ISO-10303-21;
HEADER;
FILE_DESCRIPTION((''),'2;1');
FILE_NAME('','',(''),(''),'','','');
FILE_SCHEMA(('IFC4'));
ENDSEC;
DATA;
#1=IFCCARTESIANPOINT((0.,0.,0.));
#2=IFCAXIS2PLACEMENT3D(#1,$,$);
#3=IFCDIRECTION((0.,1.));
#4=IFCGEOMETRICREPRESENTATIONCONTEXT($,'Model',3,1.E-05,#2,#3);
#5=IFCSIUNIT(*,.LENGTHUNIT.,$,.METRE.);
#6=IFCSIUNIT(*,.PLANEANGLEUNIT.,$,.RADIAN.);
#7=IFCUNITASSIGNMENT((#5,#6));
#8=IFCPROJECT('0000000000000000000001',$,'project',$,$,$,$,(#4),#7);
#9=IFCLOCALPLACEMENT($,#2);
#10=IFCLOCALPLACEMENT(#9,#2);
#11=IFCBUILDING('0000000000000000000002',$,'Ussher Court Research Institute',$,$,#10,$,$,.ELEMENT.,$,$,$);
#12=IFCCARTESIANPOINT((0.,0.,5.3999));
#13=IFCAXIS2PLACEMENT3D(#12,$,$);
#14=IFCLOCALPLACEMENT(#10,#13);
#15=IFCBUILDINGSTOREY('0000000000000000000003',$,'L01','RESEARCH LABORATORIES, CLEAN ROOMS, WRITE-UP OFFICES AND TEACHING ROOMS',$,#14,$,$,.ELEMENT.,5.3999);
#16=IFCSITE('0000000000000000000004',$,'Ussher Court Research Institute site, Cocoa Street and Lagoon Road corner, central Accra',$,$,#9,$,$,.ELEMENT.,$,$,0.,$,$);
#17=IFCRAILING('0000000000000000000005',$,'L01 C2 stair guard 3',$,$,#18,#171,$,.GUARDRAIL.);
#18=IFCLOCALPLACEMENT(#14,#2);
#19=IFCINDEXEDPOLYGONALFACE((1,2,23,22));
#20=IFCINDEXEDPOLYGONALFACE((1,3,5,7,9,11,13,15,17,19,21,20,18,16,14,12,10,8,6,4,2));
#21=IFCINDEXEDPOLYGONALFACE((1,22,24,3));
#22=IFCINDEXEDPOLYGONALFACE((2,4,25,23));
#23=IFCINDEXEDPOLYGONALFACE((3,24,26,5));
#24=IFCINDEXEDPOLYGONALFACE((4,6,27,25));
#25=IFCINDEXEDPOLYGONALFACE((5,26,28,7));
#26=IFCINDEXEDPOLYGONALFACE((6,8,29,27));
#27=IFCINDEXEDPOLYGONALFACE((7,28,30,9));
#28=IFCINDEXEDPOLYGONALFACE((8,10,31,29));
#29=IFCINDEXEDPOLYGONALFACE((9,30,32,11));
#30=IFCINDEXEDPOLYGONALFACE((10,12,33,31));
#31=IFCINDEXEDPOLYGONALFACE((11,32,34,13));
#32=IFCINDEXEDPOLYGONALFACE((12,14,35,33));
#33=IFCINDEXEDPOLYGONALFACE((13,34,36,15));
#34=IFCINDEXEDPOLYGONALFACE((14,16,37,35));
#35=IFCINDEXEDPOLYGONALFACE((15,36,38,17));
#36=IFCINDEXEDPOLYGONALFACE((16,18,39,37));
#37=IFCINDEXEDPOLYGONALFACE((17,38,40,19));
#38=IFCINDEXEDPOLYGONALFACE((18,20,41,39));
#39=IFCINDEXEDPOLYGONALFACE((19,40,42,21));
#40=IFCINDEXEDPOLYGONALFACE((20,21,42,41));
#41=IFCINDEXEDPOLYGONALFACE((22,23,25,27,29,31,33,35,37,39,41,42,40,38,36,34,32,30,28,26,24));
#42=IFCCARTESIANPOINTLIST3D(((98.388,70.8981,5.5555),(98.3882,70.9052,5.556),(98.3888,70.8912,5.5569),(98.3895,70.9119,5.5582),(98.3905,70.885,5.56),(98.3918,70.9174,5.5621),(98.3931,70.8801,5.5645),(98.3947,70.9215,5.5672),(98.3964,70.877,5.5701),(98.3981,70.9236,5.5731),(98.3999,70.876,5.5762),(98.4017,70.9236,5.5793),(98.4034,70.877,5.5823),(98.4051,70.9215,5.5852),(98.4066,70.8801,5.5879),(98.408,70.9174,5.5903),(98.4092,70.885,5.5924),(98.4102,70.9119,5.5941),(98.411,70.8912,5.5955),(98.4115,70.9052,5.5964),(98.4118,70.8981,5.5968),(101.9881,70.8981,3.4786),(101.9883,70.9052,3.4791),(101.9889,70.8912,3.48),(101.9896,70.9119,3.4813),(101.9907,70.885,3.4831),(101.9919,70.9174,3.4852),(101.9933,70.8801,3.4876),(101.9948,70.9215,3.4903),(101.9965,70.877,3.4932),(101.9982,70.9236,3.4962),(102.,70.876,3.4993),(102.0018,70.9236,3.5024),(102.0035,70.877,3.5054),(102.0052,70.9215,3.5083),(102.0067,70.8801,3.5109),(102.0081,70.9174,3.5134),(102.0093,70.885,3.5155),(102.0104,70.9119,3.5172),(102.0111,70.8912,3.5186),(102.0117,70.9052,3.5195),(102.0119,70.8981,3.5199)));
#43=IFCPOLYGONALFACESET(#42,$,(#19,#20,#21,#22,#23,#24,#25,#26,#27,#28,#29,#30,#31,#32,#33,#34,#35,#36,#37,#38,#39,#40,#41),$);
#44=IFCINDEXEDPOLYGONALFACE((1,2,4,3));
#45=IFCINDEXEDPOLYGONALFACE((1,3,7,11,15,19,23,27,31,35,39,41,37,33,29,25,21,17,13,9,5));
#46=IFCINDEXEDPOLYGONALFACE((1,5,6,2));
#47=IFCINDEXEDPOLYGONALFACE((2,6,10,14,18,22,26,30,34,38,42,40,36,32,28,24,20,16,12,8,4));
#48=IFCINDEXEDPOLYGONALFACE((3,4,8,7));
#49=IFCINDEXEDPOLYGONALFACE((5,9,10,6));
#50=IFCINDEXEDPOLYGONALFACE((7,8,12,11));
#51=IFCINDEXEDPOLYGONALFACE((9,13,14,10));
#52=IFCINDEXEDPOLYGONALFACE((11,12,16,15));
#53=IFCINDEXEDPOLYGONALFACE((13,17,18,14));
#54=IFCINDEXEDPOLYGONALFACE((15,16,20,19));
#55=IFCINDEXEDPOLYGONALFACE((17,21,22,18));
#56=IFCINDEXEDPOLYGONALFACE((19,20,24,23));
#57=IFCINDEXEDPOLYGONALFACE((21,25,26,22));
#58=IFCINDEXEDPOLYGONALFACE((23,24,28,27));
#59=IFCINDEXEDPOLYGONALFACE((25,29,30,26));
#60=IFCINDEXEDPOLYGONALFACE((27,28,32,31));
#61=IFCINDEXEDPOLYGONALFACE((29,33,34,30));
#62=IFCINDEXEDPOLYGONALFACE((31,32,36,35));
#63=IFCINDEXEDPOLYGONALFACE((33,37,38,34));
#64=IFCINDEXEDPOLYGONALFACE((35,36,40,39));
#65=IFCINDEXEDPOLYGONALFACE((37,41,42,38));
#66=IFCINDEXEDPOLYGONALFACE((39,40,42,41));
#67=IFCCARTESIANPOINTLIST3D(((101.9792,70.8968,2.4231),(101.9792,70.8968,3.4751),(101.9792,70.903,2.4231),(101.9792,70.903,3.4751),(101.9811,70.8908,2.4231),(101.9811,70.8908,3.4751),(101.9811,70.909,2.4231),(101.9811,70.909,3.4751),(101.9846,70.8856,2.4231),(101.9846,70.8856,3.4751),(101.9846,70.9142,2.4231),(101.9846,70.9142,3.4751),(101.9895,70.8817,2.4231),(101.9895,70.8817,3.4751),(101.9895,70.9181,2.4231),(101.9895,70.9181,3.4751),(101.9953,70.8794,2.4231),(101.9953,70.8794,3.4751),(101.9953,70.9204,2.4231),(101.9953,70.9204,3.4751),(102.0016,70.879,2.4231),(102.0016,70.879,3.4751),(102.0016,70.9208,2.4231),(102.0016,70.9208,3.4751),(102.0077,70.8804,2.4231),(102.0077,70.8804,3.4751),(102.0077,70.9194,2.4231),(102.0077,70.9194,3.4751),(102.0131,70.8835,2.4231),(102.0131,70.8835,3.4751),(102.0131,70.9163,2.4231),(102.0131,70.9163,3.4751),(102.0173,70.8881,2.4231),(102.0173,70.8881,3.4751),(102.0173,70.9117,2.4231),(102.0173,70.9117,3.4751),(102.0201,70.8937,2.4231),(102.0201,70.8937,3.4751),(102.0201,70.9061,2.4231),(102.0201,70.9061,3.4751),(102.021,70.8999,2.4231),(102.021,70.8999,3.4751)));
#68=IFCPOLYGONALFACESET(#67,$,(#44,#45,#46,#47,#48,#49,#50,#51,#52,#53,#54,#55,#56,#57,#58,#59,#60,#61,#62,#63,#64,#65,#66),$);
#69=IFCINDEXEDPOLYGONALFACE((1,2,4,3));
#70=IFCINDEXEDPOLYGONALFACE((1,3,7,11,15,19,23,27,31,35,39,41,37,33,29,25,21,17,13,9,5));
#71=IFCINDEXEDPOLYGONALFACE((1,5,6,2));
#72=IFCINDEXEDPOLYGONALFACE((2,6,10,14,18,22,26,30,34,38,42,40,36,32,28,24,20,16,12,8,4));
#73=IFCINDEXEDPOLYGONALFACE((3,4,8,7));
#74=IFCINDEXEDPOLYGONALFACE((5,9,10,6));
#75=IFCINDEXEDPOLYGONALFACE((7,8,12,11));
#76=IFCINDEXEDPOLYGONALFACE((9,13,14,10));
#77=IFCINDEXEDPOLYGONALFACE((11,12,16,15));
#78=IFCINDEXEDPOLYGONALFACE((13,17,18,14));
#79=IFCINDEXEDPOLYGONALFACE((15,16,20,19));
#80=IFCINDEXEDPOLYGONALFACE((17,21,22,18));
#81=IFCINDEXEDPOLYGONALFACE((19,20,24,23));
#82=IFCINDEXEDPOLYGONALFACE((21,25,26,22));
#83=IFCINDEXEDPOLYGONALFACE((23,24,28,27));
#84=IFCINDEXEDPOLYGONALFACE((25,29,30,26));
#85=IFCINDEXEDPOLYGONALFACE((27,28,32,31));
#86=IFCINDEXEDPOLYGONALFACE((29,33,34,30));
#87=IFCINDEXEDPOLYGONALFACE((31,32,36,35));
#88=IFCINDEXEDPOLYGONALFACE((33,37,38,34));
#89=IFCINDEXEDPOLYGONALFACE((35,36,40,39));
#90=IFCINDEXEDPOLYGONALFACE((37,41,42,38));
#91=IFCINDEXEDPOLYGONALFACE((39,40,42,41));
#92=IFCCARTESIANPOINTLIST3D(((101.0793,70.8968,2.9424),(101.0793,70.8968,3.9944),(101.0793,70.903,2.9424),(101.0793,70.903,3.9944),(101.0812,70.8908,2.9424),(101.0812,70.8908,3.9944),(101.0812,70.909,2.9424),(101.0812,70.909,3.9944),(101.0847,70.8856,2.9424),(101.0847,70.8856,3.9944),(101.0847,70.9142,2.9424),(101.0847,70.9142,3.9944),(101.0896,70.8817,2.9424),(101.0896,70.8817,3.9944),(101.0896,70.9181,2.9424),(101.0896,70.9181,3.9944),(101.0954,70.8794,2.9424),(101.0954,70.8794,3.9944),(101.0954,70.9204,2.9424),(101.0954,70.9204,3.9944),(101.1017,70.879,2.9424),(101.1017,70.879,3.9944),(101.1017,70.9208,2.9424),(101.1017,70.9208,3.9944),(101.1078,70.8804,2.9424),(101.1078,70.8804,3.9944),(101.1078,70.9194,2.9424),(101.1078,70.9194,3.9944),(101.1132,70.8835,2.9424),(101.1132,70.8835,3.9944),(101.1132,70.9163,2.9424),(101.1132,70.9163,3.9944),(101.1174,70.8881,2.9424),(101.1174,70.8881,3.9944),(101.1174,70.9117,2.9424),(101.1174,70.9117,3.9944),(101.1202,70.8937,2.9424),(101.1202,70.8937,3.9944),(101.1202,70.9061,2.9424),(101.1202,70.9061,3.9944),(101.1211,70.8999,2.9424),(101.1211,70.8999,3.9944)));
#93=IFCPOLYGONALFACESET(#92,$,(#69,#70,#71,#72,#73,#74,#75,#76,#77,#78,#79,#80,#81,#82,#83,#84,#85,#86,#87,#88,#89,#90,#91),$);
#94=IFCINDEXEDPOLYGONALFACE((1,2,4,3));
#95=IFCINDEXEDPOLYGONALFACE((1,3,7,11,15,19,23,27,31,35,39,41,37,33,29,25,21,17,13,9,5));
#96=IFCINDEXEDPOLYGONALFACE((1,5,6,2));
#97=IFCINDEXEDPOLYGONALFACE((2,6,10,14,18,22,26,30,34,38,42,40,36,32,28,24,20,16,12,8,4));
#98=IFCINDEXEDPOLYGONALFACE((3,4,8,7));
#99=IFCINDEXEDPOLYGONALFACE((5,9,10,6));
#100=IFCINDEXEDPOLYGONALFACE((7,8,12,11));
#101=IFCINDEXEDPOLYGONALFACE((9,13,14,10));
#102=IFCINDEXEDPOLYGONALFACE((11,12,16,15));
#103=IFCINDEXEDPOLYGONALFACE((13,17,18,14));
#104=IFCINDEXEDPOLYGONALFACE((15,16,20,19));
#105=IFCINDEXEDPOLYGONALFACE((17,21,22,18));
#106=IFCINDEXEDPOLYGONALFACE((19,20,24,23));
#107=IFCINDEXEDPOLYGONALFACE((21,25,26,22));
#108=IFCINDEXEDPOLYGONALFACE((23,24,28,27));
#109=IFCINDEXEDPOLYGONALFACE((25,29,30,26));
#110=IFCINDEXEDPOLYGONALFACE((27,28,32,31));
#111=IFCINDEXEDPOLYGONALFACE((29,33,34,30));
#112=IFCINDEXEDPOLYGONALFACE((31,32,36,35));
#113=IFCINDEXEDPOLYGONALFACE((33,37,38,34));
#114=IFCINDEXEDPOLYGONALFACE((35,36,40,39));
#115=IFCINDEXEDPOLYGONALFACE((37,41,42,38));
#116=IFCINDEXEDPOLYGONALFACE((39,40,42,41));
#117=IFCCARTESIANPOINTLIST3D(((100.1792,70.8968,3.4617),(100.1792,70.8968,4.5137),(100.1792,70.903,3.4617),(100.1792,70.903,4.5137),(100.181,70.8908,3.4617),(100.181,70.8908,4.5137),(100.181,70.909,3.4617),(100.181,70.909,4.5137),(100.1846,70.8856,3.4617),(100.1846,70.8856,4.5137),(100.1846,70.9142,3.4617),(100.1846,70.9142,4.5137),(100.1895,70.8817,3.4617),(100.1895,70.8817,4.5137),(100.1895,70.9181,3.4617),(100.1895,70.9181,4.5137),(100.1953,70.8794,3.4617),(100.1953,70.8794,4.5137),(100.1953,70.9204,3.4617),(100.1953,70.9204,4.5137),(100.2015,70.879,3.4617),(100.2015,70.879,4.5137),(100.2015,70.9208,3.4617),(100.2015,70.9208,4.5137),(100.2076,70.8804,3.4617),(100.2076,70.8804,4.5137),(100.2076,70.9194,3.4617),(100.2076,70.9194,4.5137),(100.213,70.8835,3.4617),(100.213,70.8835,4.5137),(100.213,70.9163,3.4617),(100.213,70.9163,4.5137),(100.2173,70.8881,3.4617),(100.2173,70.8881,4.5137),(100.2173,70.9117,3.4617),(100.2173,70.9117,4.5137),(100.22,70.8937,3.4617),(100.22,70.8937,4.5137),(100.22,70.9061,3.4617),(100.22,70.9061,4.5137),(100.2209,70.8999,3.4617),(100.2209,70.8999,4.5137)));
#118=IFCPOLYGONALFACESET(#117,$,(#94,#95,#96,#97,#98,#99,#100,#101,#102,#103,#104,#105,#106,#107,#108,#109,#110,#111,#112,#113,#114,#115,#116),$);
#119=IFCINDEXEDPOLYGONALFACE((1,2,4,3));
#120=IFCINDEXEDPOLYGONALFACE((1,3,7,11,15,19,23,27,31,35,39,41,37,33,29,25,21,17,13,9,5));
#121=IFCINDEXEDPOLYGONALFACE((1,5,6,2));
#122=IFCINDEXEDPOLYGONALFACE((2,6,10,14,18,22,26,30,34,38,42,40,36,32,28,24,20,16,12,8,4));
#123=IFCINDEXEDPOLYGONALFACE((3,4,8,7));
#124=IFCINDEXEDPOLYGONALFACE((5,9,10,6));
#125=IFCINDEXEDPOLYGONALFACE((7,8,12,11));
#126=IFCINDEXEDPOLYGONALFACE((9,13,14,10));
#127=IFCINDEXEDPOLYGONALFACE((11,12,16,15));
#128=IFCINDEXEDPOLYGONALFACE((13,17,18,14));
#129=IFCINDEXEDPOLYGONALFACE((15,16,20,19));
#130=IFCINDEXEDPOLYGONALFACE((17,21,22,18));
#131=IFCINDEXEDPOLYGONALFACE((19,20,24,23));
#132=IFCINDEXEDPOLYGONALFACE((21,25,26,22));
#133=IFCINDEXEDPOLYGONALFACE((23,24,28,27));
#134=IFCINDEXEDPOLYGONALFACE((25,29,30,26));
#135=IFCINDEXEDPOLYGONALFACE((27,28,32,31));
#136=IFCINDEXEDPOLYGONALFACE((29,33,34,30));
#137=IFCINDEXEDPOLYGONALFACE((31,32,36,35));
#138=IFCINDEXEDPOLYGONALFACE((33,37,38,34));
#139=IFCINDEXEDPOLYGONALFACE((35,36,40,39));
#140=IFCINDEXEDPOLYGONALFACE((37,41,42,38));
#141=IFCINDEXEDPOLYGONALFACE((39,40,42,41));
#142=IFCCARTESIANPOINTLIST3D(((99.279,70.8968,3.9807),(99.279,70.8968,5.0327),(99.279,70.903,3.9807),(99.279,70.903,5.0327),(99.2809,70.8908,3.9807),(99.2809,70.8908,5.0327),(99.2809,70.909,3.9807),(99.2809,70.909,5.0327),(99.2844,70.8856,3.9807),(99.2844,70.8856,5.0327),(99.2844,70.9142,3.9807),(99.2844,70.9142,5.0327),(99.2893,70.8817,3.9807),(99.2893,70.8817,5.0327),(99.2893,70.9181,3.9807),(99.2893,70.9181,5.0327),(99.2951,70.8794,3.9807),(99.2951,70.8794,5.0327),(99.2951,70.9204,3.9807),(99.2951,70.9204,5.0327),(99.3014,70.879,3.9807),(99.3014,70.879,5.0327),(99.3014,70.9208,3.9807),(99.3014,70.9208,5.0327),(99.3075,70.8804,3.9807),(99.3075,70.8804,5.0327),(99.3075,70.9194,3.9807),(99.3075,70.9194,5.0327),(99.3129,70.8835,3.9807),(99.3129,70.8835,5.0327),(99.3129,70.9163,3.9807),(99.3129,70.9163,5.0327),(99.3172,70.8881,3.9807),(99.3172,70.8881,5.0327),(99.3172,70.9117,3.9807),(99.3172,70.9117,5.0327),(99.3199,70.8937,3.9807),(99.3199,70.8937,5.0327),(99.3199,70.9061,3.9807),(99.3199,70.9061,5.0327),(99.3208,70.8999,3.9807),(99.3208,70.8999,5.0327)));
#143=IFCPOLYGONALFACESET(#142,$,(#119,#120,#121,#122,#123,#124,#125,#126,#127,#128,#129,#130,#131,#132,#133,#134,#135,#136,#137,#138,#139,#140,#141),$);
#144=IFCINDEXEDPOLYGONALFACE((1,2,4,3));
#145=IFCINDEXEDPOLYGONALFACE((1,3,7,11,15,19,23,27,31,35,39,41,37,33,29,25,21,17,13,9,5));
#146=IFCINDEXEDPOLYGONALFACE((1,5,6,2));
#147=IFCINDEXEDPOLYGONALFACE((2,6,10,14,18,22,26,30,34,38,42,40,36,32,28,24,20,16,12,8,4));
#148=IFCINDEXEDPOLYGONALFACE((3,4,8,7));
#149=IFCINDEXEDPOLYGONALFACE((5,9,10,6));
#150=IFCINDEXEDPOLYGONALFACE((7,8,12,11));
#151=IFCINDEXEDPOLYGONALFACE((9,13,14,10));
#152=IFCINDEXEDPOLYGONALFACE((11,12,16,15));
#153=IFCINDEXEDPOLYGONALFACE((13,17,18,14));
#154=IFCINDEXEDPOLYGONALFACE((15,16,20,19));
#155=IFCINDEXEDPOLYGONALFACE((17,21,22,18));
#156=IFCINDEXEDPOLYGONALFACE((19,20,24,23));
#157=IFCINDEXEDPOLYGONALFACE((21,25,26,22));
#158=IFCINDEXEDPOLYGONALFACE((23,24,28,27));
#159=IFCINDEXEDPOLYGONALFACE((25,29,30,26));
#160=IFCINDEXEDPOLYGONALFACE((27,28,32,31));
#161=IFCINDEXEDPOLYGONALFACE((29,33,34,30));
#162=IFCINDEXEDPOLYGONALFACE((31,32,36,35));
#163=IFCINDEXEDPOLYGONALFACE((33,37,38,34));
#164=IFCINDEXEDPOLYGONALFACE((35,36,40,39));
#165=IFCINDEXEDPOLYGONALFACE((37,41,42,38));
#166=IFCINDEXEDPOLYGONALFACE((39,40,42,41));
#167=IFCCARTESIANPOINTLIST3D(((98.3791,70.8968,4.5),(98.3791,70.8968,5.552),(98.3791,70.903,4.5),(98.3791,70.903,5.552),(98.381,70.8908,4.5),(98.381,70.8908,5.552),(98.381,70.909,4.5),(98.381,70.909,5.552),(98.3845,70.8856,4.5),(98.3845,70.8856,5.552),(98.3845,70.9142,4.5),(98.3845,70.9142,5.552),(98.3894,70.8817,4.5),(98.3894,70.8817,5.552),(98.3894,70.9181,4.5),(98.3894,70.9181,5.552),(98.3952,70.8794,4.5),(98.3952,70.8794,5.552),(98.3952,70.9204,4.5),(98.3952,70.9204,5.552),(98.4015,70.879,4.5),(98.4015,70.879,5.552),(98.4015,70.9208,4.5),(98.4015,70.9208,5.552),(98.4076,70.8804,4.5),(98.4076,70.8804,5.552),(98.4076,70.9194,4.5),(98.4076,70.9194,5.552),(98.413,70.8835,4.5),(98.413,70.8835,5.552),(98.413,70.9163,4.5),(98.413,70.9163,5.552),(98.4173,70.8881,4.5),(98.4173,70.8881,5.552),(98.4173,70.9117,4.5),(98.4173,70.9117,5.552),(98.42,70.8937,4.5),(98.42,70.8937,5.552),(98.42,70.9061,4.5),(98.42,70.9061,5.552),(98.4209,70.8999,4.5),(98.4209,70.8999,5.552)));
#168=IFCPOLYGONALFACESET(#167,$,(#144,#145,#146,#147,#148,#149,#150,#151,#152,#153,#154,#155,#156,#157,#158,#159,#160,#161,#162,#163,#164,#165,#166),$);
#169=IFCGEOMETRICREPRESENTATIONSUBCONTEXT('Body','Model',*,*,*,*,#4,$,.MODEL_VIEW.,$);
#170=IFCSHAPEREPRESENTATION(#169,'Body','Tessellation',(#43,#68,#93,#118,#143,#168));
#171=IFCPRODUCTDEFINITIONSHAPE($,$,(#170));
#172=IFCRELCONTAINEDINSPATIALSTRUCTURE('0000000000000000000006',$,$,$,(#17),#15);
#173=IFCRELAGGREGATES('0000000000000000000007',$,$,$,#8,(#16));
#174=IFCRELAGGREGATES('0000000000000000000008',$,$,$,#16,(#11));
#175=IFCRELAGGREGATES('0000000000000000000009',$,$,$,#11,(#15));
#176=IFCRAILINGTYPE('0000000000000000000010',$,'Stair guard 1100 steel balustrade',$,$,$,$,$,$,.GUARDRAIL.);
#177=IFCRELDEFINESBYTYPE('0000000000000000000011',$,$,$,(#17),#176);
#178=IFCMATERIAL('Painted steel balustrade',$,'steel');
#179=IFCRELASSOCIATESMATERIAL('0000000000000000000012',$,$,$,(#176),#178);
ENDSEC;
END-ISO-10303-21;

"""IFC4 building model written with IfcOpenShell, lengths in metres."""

from ifc_helpers import new_model, si_unit, direction, frame, origin, origin_2d, place, context, subcontext, project, spatial, circle, extrude, material, type_object, element, save


model = new_model("IFC4")

# Units and contexts
model_context = context("Model", 3, precision=1e-05, world=origin(), true_north=direction((0.0, 1.0)))
body_context = subcontext(model_context, "Body", "Model", "MODEL_VIEW")
ifc_project = project(units=[si_unit("LENGTHUNIT", "METRE"), si_unit("PLANEANGLEUNIT", "RADIAN")], contexts=[model_context])

# Site, building, storey
site_placement = place(None, origin())
site = spatial("IfcSite", under=ifc_project, at=site_placement, Name="Ussher Court Research Institute site, Cocoa Street and Lagoon Road corner, central Accra", CompositionType="ELEMENT", RefElevation=0.0)
building_placement = place(site_placement, origin())
building = spatial("IfcBuilding", under=site, at=building_placement, Name="Ussher Court Research Institute", CompositionType="ELEMENT")
storey_placement = place(building_placement, frame((0.0, 0.0, 5.3999)))
storey = spatial("IfcBuildingStorey", under=building, at=storey_placement, Name="L01", Description="RESEARCH LABORATORIES, CLEAN ROOMS, WRITE-UP OFFICES AND TEACHING ROOMS", CompositionType="ELEMENT", Elevation=5.3999)

# Railing
ifc_material_1 = material(Name="Painted steel balustrade", Category="steel")
railing_type_1 = type_object("IfcRailingType", Name="Stair guard 1100 steel balustrade", PredefinedType="GUARDRAIL", material=ifc_material_1)
railing_1_placement = place(storey_placement, frame((102.0, 70.8999, 2.4231)))
element("IfcRailing", 1, at=railing_1_placement, inside=storey, type_object=railing_type_1, Name="L01 C2 stair guard 3", PredefinedType="GUARDRAIL", context=body_context, shape_type="SweptSolid", body=[
    extrude(circle(Radius=0.0239, at=origin_2d()), frame((0.0, 0.0, 1.0762), z_axis=(-0.866193, 0.0, 0.499709), x_axis=(0.0, -1.0, 0.0)), (0.0, 0.0, 1.0), 4.1562),
    extrude(circle(Radius=0.021, at=origin_2d()), origin(), (0.0, 0.0, 1.0), 1.052),
    extrude(circle(Radius=0.021, at=origin_2d()), frame((-0.8999, 0.0, 0.5193)), (0.0, 0.0, 1.0), 1.052),
    extrude(circle(Radius=0.021, at=origin_2d()), frame((-1.8, 0.0, 1.0386)), (0.0, 0.0, 1.0), 1.052),
    extrude(circle(Radius=0.021, at=origin_2d()), frame((-2.7002, 0.0, 1.5576)), (0.0, 0.0, 1.0), 1.052),
    extrude(circle(Radius=0.021, at=origin_2d()), frame((-3.6001, 0.0, 2.0769)), (0.0, 0.0, 1.0), 1.052),
])

save(model, "model.ifc")
